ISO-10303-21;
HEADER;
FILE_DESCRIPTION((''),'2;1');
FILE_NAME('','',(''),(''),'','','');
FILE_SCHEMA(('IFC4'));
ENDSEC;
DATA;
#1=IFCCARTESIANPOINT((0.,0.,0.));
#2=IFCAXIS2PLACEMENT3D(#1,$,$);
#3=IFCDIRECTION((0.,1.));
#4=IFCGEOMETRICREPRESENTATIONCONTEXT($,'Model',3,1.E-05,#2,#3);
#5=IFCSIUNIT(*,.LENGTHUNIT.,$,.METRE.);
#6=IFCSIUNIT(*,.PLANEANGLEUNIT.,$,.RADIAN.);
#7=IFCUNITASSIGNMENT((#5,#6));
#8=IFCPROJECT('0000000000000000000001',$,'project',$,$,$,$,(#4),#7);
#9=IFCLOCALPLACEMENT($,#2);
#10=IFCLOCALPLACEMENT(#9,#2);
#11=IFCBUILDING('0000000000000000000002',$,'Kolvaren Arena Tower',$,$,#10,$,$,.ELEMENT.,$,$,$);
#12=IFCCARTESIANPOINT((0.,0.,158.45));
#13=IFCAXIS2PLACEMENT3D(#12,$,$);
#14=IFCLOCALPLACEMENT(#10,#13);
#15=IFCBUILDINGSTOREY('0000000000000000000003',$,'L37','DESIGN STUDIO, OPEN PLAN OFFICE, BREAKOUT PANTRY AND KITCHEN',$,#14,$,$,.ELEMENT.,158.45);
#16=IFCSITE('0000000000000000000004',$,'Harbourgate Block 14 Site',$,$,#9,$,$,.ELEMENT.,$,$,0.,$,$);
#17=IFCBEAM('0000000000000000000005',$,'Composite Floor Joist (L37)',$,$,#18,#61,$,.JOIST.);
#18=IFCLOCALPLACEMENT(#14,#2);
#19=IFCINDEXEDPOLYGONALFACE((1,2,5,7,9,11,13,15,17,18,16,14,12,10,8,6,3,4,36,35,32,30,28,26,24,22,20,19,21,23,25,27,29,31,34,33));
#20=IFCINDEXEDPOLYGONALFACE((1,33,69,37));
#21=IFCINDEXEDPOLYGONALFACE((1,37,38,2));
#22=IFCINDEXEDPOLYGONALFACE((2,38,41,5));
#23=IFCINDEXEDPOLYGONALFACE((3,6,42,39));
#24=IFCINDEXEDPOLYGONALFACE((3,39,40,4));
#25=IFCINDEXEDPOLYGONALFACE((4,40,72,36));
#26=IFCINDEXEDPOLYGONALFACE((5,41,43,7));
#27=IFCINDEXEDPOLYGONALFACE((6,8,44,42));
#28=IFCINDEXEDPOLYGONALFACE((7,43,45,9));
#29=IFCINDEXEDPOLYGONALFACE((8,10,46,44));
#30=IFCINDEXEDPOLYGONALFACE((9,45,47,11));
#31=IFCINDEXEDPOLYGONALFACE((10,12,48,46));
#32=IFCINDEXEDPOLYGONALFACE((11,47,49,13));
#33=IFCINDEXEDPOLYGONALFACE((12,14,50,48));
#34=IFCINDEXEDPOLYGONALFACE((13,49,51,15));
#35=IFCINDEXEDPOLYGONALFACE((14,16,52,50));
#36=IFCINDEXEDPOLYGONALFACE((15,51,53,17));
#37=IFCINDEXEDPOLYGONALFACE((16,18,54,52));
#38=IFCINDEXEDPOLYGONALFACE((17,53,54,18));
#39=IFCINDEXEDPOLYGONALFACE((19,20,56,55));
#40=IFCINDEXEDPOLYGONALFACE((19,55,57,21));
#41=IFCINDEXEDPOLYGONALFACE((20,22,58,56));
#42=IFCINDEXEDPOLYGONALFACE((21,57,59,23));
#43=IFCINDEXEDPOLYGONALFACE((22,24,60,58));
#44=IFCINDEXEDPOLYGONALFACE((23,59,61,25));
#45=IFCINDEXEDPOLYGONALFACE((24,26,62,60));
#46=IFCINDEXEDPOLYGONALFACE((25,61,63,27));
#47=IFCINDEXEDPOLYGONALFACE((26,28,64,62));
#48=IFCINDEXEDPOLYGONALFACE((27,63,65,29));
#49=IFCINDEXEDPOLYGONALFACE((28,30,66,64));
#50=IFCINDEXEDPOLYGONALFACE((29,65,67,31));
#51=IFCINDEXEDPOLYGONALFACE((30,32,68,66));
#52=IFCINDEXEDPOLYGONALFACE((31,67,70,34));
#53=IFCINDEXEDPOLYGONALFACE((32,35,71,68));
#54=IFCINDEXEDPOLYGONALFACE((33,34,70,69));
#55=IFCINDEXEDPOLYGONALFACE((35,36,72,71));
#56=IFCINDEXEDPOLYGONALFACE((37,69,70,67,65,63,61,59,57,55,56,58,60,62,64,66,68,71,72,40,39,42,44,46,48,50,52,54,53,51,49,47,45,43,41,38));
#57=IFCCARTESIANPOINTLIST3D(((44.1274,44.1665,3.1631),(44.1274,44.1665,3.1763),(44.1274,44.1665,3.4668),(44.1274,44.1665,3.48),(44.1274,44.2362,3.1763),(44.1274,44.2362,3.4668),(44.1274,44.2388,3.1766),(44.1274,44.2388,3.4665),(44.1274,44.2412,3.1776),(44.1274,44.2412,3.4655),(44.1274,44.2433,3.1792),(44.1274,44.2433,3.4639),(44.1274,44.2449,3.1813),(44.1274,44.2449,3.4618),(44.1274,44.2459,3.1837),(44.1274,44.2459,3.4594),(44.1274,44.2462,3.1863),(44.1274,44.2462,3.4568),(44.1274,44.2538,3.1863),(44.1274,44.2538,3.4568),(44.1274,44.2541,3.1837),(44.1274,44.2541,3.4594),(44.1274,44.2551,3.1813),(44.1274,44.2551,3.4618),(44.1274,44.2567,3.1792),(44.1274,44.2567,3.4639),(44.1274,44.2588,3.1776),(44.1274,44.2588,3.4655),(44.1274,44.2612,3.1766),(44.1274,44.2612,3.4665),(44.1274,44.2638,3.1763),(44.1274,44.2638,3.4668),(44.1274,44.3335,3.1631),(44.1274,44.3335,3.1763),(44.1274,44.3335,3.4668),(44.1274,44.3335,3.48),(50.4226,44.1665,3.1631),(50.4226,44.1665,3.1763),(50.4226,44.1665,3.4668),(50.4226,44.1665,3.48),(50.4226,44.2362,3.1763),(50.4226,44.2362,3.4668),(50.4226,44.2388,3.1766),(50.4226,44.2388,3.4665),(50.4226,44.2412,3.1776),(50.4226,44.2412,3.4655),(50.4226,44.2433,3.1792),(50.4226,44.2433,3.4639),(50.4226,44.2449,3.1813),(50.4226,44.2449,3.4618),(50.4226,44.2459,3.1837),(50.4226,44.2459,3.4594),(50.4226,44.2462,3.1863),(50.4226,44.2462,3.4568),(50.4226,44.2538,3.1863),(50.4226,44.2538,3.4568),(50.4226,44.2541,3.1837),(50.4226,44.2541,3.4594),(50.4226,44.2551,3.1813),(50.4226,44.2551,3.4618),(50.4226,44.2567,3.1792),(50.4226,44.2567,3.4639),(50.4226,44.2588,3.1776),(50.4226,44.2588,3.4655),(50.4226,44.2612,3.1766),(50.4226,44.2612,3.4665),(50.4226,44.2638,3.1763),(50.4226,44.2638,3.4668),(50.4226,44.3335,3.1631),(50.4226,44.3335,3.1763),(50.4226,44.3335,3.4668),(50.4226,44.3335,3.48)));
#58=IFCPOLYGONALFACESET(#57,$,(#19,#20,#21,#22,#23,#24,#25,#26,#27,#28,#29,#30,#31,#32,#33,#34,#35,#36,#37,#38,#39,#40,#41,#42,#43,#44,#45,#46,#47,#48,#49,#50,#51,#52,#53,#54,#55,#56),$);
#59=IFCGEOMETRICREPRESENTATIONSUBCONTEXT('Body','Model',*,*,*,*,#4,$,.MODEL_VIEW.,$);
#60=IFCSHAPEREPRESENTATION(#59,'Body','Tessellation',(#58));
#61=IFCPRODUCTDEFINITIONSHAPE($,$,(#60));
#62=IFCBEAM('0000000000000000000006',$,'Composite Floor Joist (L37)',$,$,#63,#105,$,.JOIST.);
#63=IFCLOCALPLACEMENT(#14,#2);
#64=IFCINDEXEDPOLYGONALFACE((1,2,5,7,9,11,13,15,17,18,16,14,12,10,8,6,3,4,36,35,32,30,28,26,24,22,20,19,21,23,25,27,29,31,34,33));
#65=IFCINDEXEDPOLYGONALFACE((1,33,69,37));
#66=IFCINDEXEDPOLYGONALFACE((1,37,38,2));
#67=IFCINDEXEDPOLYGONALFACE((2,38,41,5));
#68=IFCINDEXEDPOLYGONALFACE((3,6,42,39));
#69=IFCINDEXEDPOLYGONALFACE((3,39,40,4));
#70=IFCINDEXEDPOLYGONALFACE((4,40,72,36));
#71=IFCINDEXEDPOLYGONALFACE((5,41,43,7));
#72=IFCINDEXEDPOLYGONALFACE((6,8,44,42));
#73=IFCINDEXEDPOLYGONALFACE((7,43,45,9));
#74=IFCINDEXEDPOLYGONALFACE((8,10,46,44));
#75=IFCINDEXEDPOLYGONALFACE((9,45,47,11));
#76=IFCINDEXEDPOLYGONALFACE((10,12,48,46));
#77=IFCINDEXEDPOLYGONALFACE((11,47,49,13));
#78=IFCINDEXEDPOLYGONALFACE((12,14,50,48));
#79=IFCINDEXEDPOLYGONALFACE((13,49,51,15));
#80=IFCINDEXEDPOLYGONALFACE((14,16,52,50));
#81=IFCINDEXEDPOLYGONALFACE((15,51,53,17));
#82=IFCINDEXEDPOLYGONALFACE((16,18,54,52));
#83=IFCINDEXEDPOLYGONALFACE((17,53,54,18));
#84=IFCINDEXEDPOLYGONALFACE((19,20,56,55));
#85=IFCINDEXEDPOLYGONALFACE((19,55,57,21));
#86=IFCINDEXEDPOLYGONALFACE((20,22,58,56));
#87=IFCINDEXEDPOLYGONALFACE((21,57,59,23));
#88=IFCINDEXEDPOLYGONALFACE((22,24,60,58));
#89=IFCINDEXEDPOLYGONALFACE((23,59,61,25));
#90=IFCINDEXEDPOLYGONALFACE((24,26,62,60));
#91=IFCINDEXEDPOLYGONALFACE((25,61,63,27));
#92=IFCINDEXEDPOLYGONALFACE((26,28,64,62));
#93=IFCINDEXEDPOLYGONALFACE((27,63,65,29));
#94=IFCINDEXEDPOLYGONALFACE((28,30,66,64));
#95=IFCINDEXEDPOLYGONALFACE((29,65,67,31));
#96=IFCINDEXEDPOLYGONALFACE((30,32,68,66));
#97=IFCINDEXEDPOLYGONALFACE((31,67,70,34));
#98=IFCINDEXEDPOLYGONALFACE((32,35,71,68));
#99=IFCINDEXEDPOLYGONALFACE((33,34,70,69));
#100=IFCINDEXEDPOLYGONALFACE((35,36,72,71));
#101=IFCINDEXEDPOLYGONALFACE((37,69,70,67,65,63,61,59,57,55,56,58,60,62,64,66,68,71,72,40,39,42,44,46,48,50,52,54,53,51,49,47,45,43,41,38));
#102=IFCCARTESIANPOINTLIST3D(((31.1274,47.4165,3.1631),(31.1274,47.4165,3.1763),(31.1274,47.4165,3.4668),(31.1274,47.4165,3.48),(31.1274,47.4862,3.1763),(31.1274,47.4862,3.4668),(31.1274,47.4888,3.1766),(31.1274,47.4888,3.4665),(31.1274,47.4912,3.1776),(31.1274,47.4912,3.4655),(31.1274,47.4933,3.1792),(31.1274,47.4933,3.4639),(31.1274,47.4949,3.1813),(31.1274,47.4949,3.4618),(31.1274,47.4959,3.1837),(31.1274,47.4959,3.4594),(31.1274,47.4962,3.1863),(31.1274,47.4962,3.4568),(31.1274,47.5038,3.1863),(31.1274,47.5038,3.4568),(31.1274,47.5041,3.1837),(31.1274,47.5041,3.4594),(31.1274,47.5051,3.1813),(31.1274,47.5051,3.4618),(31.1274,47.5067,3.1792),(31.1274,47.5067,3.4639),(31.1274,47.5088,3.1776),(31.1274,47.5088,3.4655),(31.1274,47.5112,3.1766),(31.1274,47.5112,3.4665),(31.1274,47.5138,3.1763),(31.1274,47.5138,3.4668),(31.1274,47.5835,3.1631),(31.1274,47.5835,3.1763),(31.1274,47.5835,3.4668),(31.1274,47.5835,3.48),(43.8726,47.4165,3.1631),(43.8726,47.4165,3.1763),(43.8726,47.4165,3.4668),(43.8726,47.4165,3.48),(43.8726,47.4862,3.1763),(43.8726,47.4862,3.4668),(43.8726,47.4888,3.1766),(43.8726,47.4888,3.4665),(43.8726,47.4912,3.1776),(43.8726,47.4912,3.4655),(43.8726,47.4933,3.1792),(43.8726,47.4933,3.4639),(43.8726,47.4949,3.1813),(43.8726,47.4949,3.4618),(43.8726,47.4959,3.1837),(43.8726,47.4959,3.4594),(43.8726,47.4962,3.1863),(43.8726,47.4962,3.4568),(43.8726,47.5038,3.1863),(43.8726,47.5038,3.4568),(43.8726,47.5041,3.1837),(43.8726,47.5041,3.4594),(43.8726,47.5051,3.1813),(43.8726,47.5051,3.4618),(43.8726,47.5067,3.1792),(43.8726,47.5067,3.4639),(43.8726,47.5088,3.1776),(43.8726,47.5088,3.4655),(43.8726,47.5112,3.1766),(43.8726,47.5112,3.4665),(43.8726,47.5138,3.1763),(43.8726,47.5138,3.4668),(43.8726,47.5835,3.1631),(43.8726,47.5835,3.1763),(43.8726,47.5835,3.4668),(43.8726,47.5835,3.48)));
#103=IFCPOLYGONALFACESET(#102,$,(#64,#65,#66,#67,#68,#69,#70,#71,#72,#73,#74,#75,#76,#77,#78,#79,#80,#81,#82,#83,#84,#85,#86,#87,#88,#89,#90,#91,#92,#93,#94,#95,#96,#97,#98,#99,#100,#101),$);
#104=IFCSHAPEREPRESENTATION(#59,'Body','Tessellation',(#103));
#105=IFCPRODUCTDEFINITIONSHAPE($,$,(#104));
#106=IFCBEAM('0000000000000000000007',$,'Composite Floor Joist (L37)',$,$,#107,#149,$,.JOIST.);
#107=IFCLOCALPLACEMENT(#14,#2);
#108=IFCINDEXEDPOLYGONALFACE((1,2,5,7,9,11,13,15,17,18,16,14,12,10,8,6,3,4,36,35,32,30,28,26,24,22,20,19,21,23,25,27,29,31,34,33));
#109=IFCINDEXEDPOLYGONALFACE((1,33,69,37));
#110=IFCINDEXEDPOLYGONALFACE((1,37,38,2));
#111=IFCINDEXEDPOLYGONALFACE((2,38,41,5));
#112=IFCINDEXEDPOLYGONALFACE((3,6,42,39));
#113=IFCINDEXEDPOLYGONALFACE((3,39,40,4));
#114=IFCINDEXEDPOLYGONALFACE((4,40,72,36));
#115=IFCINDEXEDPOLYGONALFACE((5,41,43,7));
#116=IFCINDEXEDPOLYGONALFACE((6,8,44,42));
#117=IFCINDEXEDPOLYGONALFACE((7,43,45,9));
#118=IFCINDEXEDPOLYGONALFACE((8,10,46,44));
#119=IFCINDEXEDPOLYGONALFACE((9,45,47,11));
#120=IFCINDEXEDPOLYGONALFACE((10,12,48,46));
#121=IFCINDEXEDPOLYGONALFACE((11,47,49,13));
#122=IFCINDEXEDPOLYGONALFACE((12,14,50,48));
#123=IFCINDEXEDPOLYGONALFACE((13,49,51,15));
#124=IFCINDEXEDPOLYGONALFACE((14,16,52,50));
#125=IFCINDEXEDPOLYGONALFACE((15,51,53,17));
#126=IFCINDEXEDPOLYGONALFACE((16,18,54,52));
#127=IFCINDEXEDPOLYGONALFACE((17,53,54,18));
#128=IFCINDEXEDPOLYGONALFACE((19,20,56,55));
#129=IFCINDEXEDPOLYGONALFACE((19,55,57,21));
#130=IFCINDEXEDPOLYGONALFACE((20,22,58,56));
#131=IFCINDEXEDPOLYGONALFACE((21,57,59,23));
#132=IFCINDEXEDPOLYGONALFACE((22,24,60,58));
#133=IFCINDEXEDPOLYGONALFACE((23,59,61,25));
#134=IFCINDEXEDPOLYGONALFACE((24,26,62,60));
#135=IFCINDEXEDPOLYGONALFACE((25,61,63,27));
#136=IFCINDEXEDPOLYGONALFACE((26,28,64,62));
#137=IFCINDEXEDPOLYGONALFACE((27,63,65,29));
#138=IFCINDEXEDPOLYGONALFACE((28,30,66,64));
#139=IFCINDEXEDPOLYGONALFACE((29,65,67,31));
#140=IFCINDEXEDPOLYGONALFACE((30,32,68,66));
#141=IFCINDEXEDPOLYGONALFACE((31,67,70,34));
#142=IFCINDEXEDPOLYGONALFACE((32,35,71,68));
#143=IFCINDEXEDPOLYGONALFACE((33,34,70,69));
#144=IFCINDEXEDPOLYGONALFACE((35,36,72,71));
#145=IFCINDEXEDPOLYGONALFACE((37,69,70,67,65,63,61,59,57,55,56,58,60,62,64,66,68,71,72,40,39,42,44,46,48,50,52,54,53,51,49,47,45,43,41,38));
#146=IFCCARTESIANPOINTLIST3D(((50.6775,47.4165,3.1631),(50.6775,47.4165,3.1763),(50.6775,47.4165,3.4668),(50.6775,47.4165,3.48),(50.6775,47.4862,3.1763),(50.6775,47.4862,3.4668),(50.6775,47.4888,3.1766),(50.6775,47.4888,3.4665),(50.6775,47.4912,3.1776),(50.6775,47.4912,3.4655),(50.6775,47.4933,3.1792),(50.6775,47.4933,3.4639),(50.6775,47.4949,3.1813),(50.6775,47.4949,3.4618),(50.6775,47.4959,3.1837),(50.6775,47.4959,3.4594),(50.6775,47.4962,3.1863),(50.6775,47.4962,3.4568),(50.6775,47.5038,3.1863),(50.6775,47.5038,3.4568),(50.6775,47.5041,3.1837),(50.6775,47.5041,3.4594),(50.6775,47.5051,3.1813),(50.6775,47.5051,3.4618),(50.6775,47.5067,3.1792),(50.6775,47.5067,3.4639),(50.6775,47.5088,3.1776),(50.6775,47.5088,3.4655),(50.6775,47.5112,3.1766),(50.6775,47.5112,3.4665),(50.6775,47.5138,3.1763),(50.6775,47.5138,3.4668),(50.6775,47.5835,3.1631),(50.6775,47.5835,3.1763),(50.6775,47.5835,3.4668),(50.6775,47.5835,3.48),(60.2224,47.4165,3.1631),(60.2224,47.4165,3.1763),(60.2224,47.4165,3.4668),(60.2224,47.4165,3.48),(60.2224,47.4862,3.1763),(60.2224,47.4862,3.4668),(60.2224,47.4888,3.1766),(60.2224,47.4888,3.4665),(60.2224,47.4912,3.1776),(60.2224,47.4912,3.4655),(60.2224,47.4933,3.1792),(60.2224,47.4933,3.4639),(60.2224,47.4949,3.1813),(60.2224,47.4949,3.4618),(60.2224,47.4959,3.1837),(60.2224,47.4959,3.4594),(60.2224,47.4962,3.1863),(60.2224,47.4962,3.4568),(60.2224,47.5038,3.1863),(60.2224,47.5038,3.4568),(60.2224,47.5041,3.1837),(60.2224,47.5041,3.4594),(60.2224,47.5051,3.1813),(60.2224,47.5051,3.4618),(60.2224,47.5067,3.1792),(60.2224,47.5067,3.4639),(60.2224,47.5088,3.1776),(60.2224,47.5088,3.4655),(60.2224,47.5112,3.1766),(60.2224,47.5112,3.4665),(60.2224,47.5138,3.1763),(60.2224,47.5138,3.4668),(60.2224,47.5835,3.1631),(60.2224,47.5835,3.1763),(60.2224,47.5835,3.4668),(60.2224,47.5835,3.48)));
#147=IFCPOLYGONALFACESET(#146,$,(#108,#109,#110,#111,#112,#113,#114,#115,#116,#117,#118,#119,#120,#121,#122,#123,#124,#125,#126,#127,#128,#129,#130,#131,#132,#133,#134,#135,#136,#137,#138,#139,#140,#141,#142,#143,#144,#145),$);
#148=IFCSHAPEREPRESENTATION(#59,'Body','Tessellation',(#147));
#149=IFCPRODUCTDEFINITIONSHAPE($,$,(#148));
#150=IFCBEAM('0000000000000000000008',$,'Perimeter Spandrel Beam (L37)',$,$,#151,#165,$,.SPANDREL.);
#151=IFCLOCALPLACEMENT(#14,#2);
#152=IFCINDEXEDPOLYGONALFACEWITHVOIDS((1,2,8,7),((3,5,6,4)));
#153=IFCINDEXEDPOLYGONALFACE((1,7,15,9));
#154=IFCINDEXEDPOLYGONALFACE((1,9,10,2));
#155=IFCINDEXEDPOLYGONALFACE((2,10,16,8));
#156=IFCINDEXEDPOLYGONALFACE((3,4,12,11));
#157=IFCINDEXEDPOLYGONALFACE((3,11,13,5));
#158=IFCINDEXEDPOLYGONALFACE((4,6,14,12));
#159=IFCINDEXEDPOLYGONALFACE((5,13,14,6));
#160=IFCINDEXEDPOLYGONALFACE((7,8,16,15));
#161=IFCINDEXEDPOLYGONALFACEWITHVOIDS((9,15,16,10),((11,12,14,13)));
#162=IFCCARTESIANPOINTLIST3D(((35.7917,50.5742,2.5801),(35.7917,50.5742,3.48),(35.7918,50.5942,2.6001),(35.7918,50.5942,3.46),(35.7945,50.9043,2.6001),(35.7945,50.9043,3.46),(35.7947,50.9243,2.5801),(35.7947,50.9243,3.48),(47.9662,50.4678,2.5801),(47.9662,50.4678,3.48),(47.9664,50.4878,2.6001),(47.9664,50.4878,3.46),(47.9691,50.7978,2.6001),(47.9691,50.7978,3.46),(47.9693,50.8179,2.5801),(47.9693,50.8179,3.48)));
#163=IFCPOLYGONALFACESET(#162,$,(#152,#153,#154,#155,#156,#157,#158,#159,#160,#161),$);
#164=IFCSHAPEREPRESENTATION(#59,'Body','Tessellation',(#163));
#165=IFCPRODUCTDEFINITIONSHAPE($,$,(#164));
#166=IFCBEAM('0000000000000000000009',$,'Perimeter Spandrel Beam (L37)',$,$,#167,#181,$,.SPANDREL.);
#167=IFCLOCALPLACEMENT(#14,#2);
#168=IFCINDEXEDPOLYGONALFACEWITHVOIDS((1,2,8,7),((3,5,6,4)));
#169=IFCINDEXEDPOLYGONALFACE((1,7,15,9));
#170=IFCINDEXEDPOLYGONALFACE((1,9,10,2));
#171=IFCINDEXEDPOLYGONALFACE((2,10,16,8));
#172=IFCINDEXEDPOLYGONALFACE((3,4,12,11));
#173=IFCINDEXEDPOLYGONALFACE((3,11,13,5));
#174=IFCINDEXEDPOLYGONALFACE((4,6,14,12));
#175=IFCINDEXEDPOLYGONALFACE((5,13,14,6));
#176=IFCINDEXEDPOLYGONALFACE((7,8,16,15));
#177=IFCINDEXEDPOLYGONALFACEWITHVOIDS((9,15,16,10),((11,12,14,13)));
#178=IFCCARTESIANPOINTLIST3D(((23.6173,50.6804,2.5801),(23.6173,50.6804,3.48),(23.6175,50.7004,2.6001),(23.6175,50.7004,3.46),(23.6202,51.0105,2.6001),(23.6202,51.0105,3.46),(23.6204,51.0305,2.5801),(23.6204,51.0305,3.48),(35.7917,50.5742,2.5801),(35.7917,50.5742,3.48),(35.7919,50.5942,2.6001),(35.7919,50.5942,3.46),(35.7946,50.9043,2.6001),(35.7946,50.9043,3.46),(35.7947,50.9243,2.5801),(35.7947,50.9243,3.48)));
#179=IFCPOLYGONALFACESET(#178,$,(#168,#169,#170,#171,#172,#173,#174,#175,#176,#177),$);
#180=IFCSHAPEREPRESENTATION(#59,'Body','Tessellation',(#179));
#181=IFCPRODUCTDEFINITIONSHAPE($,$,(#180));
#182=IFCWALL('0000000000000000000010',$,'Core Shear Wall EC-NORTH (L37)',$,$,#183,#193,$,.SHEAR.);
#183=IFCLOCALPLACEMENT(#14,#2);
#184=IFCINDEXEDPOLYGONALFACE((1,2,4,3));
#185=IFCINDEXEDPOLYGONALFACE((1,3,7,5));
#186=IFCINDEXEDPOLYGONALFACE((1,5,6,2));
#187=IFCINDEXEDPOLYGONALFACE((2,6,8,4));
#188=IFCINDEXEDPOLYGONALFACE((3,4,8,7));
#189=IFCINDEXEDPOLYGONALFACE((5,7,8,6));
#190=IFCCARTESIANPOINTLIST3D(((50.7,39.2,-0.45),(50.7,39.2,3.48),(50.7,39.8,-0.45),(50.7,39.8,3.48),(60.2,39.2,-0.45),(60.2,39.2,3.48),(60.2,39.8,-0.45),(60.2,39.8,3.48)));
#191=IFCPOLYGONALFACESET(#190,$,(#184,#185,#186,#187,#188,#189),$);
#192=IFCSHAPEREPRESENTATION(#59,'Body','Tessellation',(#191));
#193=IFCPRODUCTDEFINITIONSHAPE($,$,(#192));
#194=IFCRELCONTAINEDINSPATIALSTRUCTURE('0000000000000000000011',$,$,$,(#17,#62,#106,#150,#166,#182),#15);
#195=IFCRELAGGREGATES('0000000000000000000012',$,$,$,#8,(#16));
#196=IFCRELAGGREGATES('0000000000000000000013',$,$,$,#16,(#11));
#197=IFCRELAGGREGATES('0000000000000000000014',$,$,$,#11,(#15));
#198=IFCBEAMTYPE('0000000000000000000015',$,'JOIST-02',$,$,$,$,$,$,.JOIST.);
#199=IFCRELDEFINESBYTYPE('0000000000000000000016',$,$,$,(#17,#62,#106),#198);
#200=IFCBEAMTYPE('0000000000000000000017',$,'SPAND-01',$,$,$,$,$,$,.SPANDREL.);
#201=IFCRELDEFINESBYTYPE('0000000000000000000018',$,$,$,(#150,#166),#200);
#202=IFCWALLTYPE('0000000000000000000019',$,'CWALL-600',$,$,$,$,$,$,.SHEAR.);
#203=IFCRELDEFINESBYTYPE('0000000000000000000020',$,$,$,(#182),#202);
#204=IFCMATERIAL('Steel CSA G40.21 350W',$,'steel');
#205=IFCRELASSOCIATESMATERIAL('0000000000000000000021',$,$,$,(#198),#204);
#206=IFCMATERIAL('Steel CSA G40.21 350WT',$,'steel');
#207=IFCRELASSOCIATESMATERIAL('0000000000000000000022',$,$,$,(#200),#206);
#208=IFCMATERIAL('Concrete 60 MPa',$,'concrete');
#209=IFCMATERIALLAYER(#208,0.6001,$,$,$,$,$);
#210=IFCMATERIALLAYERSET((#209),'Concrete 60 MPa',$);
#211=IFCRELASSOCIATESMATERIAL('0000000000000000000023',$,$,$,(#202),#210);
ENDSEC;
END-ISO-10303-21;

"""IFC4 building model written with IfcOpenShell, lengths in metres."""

from ifc_helpers import new_model, si_unit, direction, frame, frame_2d, origin, origin_2d, place, context, subcontext, project, spatial, rectangle, hollow_rectangle, i_section, extrude, material, layer, layer_set, material_profile, profile_set, type_object, element, save


model = new_model("IFC4")

# Units and contexts
model_context = context("Model", 3, precision=1e-05, world=origin(), true_north=direction((0.0, 1.0)))
body_context = subcontext(model_context, "Body", "Model", "MODEL_VIEW")
ifc_project = project(units=[si_unit("LENGTHUNIT", "METRE"), si_unit("PLANEANGLEUNIT", "RADIAN")], contexts=[model_context])

# Site, building, storey
site_placement = place(None, origin())
site = spatial("IfcSite", under=ifc_project, at=site_placement, Name="Harbourgate Block 14 Site", CompositionType="ELEMENT", RefElevation=0.0)
building_placement = place(site_placement, origin())
building = spatial("IfcBuilding", under=site, at=building_placement, Name="Kolvaren Arena Tower", CompositionType="ELEMENT")
storey_placement = place(building_placement, frame((0.0, 0.0, 158.45)))
storey = spatial("IfcBuildingStorey", under=building, at=storey_placement, Name="L37", Description="DESIGN STUDIO, OPEN PLAN OFFICE, BREAKOUT PANTRY AND KITCHEN", CompositionType="ELEMENT", Elevation=158.45)

# Beams
ifc_material_1 = material(Name="Steel CSA G40.21 350W", Category="steel")
ifc_material_2 = material(Name="Concrete 60 MPa", Category="concrete")
ifc_material_profile_1 = material_profile(ifc_material_1, i_section(OverallWidth=0.167, OverallDepth=0.3169, WebThickness=0.0076, FlangeThickness=0.0132, FilletRadius=0.01, at=origin_2d()), Name="W310x52")
ifc_profile_set_1 = profile_set([ifc_material_profile_1], Name="Steel CSA G40.21 350W")
beam_type_1 = type_object("IfcBeamType", Name="JOIST-02", PredefinedType="JOIST", material=ifc_profile_set_1)
beam_1_placement = place(storey_placement, frame((44.1274, 44.25, 3.3215), z_axis=(1.0, 0.0, 0.0), x_axis=(0.0, 1.0, 0.0)))
element("IfcBeam", 1, at=beam_1_placement, inside=storey, type_object=beam_type_1, Name="Composite Floor Joist (L37)", PredefinedType="JOIST", context=body_context, shape_type="SweptSolid", body=[
    extrude(i_section(OverallWidth=0.167, OverallDepth=0.3169, WebThickness=0.0076, FlangeThickness=0.0132, FilletRadius=0.01, at=origin_2d()), origin(), (0.0, 0.0, 1.0), 6.2952),
])
beam_2_placement = place(storey_placement, frame((31.1274, 47.5, 3.3215), z_axis=(1.0, 0.0, 0.0), x_axis=(0.0, 1.0, 0.0)))
element("IfcBeam", 2, at=beam_2_placement, inside=storey, type_object=beam_type_1, Name="Composite Floor Joist (L37)", PredefinedType="JOIST", context=body_context, shape_type="SweptSolid", body=[
    extrude(i_section(OverallWidth=0.167, OverallDepth=0.3169, WebThickness=0.0076, FlangeThickness=0.0132, FilletRadius=0.01, at=origin_2d()), origin(), (0.0, 0.0, 1.0), 12.7451),
])
beam_3_placement = place(storey_placement, frame((50.6775, 47.5, 3.3215), z_axis=(1.0, 0.0, 0.0), x_axis=(0.0, 1.0, 0.0)))
element("IfcBeam", 3, at=beam_3_placement, inside=storey, type_object=beam_type_1, Name="Composite Floor Joist (L37)", PredefinedType="JOIST", context=body_context, shape_type="SweptSolid", body=[
    extrude(i_section(OverallWidth=0.167, OverallDepth=0.3169, WebThickness=0.0076, FlangeThickness=0.0132, FilletRadius=0.01, at=origin_2d()), origin(), (0.0, 0.0, 1.0), 9.5449),
])
ifc_material_3 = material(Name="Steel CSA G40.21 350WT", Category="steel")
ifc_material_profile_2 = material_profile(ifc_material_3, hollow_rectangle(XDim=0.3501, YDim=0.8999, WallThickness=0.02, at=origin_2d()), Name="HSS 900x350x20")
ifc_profile_set_2 = profile_set([ifc_material_profile_2], Name="Steel CSA G40.21 350WT")
beam_type_2 = type_object("IfcBeamType", Name="SPAND-01", PredefinedType="SPANDREL", material=ifc_profile_set_2)
beam_4_placement = place(storey_placement, frame((47.9678, 50.6428, 3.03), z_axis=(-0.999962, 0.008743, 0.0), x_axis=(-0.008743, -0.999962, 0.0)))
element("IfcBeam", 4, at=beam_4_placement, inside=storey, type_object=beam_type_2, Name="Perimeter Spandrel Beam (L37)", PredefinedType="SPANDREL", context=body_context, shape_type="SweptSolid", body=[
    extrude(hollow_rectangle(XDim=0.3501, YDim=0.8999, WallThickness=0.02, at=origin_2d()), origin(), (0.0, 0.0, 1.0), 12.175),
])
beam_5_placement = place(storey_placement, frame((35.7932, 50.7493, 3.03), z_axis=(-0.999962, 0.008723, 0.0), x_axis=(-0.008723, -0.999962, 0.0)))
element("IfcBeam", 5, at=beam_5_placement, inside=storey, type_object=beam_type_2, Name="Perimeter Spandrel Beam (L37)", PredefinedType="SPANDREL", context=body_context, shape_type="SweptSolid", body=[
    extrude(hollow_rectangle(XDim=0.3501, YDim=0.8999, WallThickness=0.02, at=origin_2d()), origin(), (0.0, 0.0, 1.0), 12.1748),
])

# Wall
ifc_layer_1 = layer(ifc_material_2, 0.6001)
ifc_layer_set_1 = layer_set([ifc_layer_1], Name="Concrete 60 MPa")
wall_type_1 = type_object("IfcWallType", Name="CWALL-600", PredefinedType="SHEAR", material=ifc_layer_set_1)
wall_1_placement = place(storey_placement, frame((50.7, 39.5, -0.45), z_axis=(0.0, 0.0, 1.0), x_axis=(1.0, 0.0, 0.0)))
element("IfcWall", 6, at=wall_1_placement, inside=storey, type_object=wall_type_1, Name="Core Shear Wall EC-NORTH (L37)", PredefinedType="SHEAR", context=body_context, shape_type="SweptSolid", body=[
    extrude(rectangle(XDim=9.5, YDim=0.6001, at=frame_2d((4.75, 0.0))), origin(), (0.0, 0.0, 1.0), 3.9299),
])

save(model, "model.ifc")
